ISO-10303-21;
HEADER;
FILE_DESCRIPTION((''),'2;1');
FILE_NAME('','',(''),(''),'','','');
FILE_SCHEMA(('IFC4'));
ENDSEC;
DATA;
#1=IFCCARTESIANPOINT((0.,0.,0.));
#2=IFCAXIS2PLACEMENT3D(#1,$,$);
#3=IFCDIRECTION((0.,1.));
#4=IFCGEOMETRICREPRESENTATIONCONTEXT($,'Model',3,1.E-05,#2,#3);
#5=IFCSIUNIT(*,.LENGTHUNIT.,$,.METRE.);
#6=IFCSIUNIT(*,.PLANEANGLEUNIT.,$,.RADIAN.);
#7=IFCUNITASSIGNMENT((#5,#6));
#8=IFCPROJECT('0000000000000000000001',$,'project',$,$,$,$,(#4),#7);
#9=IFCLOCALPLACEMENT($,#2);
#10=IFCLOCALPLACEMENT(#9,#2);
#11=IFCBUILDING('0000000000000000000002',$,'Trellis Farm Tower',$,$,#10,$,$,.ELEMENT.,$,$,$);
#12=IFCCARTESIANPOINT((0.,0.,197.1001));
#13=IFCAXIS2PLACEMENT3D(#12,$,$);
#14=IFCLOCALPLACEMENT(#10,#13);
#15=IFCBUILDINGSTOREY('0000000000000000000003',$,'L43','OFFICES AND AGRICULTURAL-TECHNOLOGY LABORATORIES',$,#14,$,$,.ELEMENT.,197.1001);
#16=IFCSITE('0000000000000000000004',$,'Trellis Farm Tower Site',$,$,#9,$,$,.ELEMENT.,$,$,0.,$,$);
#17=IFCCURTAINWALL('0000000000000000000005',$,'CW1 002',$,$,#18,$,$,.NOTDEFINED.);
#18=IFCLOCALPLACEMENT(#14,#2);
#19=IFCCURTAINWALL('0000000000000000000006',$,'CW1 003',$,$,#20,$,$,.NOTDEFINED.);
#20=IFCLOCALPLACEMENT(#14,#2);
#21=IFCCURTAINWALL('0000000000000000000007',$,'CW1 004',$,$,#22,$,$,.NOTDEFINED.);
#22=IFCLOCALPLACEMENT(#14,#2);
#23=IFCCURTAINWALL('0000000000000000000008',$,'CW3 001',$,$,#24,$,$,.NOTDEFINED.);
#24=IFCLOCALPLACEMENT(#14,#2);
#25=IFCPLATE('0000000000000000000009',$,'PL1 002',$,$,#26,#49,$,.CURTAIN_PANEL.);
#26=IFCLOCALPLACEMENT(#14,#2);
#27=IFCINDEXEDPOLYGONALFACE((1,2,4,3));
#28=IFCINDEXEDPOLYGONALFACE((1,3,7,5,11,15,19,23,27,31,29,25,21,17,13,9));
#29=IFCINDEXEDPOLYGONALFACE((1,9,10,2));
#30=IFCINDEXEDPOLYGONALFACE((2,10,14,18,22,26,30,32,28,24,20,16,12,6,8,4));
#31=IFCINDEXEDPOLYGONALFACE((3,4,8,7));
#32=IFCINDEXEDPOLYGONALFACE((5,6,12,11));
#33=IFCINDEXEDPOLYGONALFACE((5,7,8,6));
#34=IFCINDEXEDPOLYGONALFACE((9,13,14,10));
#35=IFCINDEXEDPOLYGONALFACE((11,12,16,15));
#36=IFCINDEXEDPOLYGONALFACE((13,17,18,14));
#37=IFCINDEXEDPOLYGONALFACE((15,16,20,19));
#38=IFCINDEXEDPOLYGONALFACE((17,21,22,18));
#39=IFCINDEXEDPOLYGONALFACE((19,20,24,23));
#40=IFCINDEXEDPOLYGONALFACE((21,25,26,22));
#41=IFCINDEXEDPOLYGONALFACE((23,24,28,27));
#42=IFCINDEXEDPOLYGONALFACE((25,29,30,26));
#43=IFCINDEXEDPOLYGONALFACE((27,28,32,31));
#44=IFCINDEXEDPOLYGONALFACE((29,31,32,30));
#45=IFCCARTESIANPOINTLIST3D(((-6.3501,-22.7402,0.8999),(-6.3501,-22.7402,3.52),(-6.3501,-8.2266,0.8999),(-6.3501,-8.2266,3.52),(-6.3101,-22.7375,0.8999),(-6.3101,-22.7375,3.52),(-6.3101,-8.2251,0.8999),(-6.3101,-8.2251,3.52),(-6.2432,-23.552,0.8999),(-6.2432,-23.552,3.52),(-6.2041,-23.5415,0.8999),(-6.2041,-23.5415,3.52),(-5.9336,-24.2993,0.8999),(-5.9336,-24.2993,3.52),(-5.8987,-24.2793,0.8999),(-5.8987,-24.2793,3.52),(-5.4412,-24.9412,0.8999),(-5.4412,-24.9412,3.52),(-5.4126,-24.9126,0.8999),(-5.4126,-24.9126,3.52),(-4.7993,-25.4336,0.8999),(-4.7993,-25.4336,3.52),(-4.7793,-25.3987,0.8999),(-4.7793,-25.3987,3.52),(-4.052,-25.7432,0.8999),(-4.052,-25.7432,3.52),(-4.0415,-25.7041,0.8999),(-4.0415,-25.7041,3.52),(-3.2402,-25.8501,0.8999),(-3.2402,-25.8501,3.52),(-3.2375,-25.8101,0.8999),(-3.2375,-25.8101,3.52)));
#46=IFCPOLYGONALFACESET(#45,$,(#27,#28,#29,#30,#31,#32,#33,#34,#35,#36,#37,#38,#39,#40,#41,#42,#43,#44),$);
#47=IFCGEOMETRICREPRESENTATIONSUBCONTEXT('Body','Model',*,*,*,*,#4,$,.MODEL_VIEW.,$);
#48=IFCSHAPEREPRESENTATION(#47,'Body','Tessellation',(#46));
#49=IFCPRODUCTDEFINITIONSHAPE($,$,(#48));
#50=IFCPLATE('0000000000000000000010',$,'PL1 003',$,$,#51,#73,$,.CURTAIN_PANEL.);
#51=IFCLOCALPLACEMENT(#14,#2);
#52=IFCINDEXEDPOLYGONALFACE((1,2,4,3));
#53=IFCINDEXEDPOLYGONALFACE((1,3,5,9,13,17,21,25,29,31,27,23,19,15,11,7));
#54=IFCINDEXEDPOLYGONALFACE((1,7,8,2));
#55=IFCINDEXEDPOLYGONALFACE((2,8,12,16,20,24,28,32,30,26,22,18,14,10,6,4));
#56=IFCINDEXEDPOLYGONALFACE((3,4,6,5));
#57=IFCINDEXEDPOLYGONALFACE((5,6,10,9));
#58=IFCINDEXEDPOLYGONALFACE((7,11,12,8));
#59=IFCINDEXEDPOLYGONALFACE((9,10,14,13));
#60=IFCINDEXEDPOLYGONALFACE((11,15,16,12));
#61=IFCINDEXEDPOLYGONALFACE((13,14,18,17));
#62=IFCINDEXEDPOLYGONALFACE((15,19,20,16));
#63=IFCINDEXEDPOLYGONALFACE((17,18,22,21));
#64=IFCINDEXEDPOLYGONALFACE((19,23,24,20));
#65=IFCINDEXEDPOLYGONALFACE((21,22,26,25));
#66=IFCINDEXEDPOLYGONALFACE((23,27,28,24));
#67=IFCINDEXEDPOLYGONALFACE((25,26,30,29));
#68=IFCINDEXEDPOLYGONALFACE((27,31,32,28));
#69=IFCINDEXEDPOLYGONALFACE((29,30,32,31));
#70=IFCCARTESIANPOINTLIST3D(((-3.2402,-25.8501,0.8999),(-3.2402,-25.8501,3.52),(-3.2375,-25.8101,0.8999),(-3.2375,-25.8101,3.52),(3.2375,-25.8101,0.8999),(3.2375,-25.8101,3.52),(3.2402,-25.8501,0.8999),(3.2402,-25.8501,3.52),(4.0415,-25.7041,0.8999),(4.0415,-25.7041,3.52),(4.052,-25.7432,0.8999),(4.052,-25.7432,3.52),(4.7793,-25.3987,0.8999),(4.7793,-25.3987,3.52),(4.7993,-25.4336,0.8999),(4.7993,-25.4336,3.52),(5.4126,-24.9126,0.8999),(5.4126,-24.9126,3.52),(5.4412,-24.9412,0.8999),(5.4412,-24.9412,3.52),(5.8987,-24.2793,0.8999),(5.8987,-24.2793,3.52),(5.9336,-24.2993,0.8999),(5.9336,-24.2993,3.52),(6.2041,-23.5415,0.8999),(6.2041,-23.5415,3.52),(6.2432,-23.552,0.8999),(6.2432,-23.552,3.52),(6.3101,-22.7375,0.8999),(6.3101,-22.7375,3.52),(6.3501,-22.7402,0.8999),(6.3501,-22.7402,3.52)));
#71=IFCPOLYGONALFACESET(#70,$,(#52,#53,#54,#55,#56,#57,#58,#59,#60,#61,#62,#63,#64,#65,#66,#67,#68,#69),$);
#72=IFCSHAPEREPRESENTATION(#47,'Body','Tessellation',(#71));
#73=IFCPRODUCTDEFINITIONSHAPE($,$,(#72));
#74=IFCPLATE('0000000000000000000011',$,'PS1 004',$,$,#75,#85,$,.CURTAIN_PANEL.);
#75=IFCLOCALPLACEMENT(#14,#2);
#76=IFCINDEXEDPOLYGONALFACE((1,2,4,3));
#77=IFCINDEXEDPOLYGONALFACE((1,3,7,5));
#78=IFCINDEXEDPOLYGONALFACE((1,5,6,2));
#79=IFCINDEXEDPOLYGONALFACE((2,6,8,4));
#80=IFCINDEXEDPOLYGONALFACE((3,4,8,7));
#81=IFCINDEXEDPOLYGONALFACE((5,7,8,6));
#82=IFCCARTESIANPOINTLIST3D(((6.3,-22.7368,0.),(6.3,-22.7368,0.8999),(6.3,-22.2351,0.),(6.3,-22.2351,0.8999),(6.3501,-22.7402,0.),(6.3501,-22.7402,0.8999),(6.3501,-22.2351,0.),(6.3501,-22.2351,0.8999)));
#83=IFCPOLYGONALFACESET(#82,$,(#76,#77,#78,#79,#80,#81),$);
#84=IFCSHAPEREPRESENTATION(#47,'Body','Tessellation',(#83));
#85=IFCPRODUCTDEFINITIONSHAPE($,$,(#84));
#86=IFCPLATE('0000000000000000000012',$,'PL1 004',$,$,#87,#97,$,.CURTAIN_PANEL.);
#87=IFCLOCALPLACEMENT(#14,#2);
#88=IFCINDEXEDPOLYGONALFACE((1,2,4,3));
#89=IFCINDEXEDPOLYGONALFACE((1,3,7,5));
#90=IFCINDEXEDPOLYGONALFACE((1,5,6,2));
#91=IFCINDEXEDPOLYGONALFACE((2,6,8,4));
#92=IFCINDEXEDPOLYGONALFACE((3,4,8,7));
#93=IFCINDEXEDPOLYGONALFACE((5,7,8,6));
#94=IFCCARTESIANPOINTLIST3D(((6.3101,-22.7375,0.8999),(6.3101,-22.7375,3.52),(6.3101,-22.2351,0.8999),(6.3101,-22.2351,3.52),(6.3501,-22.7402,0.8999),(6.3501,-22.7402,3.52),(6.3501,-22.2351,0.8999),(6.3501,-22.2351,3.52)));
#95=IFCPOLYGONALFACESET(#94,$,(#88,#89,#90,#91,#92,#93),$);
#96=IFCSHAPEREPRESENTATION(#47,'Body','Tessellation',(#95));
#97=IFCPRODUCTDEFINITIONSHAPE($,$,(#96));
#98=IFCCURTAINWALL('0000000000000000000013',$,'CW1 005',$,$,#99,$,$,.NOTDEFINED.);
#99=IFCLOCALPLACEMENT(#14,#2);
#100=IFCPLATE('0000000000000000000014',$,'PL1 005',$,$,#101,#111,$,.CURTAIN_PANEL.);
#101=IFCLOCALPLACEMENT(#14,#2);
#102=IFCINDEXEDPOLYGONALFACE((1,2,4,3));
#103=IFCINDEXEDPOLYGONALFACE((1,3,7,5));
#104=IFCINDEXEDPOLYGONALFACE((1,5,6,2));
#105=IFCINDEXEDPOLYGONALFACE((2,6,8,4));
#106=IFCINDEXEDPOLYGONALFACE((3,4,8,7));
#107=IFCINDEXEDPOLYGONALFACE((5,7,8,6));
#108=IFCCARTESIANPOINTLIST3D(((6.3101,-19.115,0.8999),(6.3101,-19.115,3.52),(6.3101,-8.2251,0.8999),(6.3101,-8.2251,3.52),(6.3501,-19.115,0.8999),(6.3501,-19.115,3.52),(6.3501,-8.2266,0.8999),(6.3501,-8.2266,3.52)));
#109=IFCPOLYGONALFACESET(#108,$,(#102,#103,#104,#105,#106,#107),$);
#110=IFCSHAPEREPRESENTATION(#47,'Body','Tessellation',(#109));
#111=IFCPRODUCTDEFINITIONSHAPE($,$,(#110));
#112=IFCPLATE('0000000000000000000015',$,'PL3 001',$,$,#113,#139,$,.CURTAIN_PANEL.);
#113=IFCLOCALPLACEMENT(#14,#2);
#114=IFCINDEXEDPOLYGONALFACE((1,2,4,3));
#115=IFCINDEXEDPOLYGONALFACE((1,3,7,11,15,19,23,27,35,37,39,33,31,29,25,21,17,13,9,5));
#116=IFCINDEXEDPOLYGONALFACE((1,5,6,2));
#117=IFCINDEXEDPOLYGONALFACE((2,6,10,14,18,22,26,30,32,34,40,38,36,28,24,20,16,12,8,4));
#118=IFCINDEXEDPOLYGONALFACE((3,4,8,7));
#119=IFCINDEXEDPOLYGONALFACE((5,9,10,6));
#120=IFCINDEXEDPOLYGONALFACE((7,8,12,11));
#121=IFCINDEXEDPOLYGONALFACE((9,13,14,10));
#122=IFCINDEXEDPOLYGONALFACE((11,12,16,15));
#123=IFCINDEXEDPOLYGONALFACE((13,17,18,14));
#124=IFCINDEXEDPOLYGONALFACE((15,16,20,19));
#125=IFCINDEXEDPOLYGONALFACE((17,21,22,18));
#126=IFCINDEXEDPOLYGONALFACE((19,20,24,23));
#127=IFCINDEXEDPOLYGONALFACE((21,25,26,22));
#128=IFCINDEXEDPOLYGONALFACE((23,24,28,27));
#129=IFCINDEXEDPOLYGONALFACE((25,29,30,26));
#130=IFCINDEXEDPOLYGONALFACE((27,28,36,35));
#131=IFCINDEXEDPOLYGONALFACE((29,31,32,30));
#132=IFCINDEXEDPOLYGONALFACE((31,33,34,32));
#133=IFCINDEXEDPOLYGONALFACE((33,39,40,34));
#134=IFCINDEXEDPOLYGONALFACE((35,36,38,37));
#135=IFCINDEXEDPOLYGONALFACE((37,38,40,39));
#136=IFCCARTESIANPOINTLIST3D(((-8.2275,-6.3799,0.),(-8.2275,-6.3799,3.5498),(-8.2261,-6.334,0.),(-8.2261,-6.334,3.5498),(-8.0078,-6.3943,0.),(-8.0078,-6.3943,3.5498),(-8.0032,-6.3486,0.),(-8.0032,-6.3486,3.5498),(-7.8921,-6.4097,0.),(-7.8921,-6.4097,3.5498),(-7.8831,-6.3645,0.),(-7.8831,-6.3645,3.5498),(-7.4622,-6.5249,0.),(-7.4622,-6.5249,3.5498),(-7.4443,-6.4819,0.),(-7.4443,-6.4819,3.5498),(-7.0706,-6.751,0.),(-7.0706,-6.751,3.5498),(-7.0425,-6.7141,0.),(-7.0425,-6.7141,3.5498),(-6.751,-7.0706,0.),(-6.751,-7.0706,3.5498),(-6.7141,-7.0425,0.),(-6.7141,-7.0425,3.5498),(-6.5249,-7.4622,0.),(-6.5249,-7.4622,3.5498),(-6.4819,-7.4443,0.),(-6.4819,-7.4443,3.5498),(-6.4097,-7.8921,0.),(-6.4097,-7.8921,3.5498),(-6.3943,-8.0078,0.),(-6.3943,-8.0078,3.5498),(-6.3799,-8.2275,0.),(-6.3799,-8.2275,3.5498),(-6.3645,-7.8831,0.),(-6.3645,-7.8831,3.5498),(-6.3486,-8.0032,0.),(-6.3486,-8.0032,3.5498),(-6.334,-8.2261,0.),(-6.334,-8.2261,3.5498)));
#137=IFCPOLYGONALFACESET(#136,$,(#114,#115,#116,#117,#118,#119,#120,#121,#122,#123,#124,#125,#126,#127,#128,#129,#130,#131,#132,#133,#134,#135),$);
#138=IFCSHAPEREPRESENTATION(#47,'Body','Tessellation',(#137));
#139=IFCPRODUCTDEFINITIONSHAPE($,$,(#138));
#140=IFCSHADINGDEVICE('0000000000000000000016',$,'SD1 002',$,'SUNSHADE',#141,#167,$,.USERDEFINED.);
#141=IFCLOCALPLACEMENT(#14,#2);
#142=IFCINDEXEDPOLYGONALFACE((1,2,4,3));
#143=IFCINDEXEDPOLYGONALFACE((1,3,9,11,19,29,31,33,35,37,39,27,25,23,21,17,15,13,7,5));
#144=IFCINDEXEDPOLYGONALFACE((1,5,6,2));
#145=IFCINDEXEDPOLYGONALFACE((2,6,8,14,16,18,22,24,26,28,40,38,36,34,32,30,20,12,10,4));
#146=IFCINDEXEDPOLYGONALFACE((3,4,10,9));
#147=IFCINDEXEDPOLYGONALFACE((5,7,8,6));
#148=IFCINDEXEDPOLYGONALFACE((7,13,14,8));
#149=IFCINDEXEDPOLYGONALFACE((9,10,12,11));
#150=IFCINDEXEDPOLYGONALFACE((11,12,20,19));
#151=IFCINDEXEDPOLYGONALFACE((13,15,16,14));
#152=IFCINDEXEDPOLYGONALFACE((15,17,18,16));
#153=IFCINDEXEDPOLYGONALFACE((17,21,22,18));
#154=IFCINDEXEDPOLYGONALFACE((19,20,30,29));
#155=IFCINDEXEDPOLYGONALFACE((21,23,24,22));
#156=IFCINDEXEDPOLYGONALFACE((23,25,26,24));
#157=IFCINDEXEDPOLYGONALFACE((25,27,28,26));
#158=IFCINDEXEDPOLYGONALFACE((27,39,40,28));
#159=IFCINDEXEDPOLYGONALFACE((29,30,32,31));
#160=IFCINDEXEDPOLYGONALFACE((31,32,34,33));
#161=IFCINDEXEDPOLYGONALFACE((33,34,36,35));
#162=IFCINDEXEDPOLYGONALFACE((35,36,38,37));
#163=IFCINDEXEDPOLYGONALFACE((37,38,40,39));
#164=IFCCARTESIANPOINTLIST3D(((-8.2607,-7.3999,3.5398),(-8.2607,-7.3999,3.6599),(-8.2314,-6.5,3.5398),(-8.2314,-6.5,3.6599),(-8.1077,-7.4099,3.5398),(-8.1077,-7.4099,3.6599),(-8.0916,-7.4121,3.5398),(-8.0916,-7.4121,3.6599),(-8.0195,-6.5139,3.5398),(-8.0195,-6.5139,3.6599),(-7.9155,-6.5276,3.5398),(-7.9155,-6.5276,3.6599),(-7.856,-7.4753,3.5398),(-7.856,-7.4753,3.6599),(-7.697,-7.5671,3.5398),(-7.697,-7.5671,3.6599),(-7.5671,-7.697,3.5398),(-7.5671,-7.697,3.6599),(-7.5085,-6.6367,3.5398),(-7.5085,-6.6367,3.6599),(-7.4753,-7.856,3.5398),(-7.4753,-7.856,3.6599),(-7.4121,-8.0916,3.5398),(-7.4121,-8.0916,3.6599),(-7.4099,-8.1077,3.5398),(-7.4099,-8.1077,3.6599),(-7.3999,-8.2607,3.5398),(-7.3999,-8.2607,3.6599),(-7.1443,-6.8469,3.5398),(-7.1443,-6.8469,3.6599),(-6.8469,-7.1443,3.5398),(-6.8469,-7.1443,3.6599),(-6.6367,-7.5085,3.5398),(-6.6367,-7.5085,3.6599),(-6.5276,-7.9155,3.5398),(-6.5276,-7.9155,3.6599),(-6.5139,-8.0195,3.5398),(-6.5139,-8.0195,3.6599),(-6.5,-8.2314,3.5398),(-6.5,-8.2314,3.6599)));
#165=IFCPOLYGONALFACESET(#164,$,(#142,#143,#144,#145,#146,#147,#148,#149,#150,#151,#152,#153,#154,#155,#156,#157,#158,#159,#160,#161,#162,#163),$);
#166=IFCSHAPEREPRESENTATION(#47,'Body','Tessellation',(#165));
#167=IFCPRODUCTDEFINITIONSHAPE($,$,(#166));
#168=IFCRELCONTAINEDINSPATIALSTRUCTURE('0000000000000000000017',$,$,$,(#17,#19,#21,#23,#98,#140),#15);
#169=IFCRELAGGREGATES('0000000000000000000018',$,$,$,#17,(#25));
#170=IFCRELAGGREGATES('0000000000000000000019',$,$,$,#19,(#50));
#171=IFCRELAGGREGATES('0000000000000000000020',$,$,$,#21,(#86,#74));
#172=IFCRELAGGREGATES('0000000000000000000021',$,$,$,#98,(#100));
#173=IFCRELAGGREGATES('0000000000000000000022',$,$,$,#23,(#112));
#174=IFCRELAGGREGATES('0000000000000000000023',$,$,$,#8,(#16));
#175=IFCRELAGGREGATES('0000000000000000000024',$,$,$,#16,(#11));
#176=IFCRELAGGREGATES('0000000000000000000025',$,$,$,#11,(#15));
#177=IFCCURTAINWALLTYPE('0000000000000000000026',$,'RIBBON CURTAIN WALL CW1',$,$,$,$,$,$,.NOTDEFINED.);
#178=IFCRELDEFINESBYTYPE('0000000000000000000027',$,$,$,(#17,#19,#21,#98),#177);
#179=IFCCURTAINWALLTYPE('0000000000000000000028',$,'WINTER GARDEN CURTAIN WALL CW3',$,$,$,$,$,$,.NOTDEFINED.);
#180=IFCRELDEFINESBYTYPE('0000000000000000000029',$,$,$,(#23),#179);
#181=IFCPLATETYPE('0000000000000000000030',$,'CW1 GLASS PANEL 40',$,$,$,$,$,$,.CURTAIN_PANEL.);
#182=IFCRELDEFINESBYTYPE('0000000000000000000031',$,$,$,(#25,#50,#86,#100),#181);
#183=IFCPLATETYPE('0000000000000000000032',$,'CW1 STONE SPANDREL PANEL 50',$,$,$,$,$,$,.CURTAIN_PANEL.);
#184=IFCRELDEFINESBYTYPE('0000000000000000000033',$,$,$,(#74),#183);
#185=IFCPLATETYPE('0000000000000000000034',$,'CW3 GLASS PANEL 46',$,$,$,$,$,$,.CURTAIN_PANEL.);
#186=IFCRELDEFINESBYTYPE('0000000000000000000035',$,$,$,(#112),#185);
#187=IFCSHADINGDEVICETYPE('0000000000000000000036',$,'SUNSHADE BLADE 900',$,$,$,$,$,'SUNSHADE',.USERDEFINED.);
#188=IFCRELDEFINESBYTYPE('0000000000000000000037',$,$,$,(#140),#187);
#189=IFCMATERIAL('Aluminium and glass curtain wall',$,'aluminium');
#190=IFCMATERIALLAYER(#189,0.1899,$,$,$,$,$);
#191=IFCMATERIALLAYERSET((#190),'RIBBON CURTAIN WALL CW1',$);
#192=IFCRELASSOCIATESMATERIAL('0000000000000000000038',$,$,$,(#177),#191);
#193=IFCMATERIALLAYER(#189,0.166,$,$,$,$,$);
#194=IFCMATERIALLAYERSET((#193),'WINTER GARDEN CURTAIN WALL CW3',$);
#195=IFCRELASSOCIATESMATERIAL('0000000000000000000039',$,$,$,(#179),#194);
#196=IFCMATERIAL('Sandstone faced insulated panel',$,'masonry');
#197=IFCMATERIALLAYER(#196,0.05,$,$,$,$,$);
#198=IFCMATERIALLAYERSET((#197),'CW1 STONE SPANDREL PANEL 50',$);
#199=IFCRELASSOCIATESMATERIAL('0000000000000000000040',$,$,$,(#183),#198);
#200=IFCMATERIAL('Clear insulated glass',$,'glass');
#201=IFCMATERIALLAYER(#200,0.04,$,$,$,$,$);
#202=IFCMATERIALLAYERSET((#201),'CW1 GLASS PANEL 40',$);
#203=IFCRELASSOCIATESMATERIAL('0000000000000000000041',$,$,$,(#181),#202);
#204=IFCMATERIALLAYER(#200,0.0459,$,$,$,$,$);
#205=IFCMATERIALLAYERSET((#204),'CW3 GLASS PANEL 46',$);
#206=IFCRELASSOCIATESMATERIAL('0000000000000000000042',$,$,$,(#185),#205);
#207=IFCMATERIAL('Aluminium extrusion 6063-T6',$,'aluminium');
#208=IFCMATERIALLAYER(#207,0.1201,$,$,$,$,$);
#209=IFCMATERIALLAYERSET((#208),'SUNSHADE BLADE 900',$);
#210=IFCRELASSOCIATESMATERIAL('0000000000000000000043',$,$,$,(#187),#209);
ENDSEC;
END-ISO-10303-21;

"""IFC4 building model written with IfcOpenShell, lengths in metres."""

from ifc_helpers import new_model, si_unit, direction, frame, origin, place, context, subcontext, project, spatial, polyline, outline, extrude, source, transform, mapped, material, layer, layer_set, type_object, element, aggregate, save


model = new_model("IFC4")

# Units and contexts
model_context = context("Model", 3, precision=1e-05, world=origin(), true_north=direction((0.0, 1.0)))
body_context = subcontext(model_context, "Body", "Model", "MODEL_VIEW")
ifc_project = project(units=[si_unit("LENGTHUNIT", "METRE"), si_unit("PLANEANGLEUNIT", "RADIAN")], contexts=[model_context])

# Site, building, storey
site_placement = place(None, origin())
site = spatial("IfcSite", under=ifc_project, at=site_placement, Name="Trellis Farm Tower Site", CompositionType="ELEMENT", RefElevation=0.0)
building_placement = place(site_placement, origin())
building = spatial("IfcBuilding", under=site, at=building_placement, Name="Trellis Farm Tower", CompositionType="ELEMENT")
storey_placement = place(building_placement, frame((0.0, 0.0, 197.1001)))
storey = spatial("IfcBuildingStorey", under=building, at=storey_placement, Name="L43", Description="OFFICES AND AGRICULTURAL-TECHNOLOGY LABORATORIES", CompositionType="ELEMENT", Elevation=197.1001)

# Curtain walls
ifc_material_1 = material(Name="Aluminium and glass curtain wall", Category="aluminium")
ifc_layer_1 = layer(ifc_material_1, 0.1899)
ifc_layer_set_1 = layer_set([ifc_layer_1], Name="RIBBON CURTAIN WALL CW1")
curtain_wall_type_1 = type_object("IfcCurtainWallType", Name="RIBBON CURTAIN WALL CW1", PredefinedType="NOTDEFINED", material=ifc_layer_set_1)
placement_1 = place(storey_placement, origin())
curtain_wall_1 = element("IfcCurtainWall", 1, at=placement_1, inside=storey, type_object=curtain_wall_type_1, Name="CW1 002", PredefinedType="NOTDEFINED")
ifc_material_2 = material(Name="Aluminium extrusion 6063-T6", Category="aluminium")
curtain_wall_2 = element("IfcCurtainWall", 2, at=placement_1, inside=storey, type_object=curtain_wall_type_1, Name="CW1 003", PredefinedType="NOTDEFINED")
curtain_wall_3 = element("IfcCurtainWall", 3, at=placement_1, inside=storey, type_object=curtain_wall_type_1, Name="CW1 004", PredefinedType="NOTDEFINED")
ifc_layer_2 = layer(ifc_material_1, 0.166)
ifc_layer_set_2 = layer_set([ifc_layer_2], Name="WINTER GARDEN CURTAIN WALL CW3")
curtain_wall_type_2 = type_object("IfcCurtainWallType", Name="WINTER GARDEN CURTAIN WALL CW3", PredefinedType="NOTDEFINED", material=ifc_layer_set_2)
curtain_wall_4 = element("IfcCurtainWall", 4, at=placement_1, inside=storey, type_object=curtain_wall_type_2, Name="CW3 001", PredefinedType="NOTDEFINED")

# Plates
ifc_material_3 = material(Name="Sandstone faced insulated panel", Category="masonry")
ifc_layer_3 = layer(ifc_material_3, 0.05)
ifc_layer_set_3 = layer_set([ifc_layer_3], Name="CW1 STONE SPANDREL PANEL 50")
plate_type_1 = type_object("IfcPlateType", Name="CW1 STONE SPANDREL PANEL 50", PredefinedType="CURTAIN_PANEL", material=ifc_layer_set_3)
ifc_material_4 = material(Name="Clear insulated glass", Category="glass")
ifc_layer_4 = layer(ifc_material_4, 0.04)
ifc_layer_set_4 = layer_set([ifc_layer_4], Name="CW1 GLASS PANEL 40")
plate_type_2 = type_object("IfcPlateType", Name="CW1 GLASS PANEL 40", PredefinedType="CURTAIN_PANEL", material=ifc_layer_set_4)
shared_shape_1 = source(origin(), body_context, "Body", "SweptSolid", [
    extrude(outline(polyline([(-6.3501, -8.2266), (-6.3501, -22.7402), (-6.2432, -23.552), (-5.9336, -24.2993), (-5.4412, -24.9412), (-4.7993, -25.4336), (-4.052, -25.7432), (-3.2402, -25.8501), (-3.2375, -25.8101), (-4.0415, -25.7041), (-4.7793, -25.3987), (-5.4126, -24.9126), (-5.8987, -24.2793), (-6.2041, -23.5415), (-6.3101, -22.7375), (-6.3101, -8.2251), (-6.3501, -8.2266)])), origin(), (0.0, 0.0, 1.0), 2.6201),
])
placement_2 = place(storey_placement, frame((0.0, 0.0, 0.8999)))
plate_1 = element("IfcPlate", 5, at=placement_2, type_object=plate_type_2, Name="PL1 002", PredefinedType="CURTAIN_PANEL", context=body_context, shape_type="MappedRepresentation", body=[
    mapped(shared_shape_1, transform((0.0, 0.0, 0.0))),
])
aggregate(curtain_wall_1, [plate_1])
shared_shape_2 = source(origin(), body_context, "Body", "SweptSolid", [
    extrude(outline(polyline([(-3.2402, -25.8501), (3.2402, -25.8501), (4.052, -25.7432), (4.7993, -25.4336), (5.4412, -24.9412), (5.9336, -24.2993), (6.2432, -23.552), (6.3501, -22.7402), (6.3101, -22.7375), (6.2041, -23.5415), (5.8987, -24.2793), (5.4126, -24.9126), (4.7793, -25.3987), (4.0415, -25.7041), (3.2375, -25.8101), (-3.2375, -25.8101), (-3.2402, -25.8501)])), origin(), (0.0, 0.0, 1.0), 2.6201),
])
plate_2 = element("IfcPlate", 6, at=placement_2, type_object=plate_type_2, Name="PL1 003", PredefinedType="CURTAIN_PANEL", context=body_context, shape_type="MappedRepresentation", body=[
    mapped(shared_shape_2, transform((0.0, 0.0, 0.0))),
])
aggregate(curtain_wall_2, [plate_2])
shared_shape_3 = source(origin(), body_context, "Body", "SweptSolid", [
    extrude(outline(polyline([(6.3501, -22.7402), (6.3501, -22.2351), (6.3, -22.2351), (6.3, -22.7368), (6.3501, -22.7402)])), origin(), (0.0, 0.0, 1.0), 0.8999),
])
plate_3 = element("IfcPlate", 7, at=placement_1, type_object=plate_type_1, Name="PS1 004", PredefinedType="CURTAIN_PANEL", context=body_context, shape_type="MappedRepresentation", body=[
    mapped(shared_shape_3, transform((0.0, 0.0, 0.0))),
])
shared_shape_4 = source(origin(), body_context, "Body", "SweptSolid", [
    extrude(outline(polyline([(6.3501, -22.7402), (6.3501, -22.2351), (6.3101, -22.2351), (6.3101, -22.7375), (6.3501, -22.7402)])), origin(), (0.0, 0.0, 1.0), 2.6201),
])
plate_4 = element("IfcPlate", 8, at=placement_2, type_object=plate_type_2, Name="PL1 004", PredefinedType="CURTAIN_PANEL", context=body_context, shape_type="MappedRepresentation", body=[
    mapped(shared_shape_4, transform((0.0, 0.0, 0.0))),
])
aggregate(curtain_wall_3, [plate_4, plate_3])

# Curtain wall, plate
curtain_wall_5 = element("IfcCurtainWall", 9, at=placement_1, inside=storey, type_object=curtain_wall_type_1, Name="CW1 005", PredefinedType="NOTDEFINED")
shared_shape_5 = source(origin(), body_context, "Body", "SweptSolid", [
    extrude(outline(polyline([(6.3501, -19.115), (6.3501, -8.2266), (6.3101, -8.2251), (6.3101, -19.115), (6.3501, -19.115)])), origin(), (0.0, 0.0, 1.0), 2.6201),
])
plate_5 = element("IfcPlate", 10, at=placement_2, type_object=plate_type_2, Name="PL1 005", PredefinedType="CURTAIN_PANEL", context=body_context, shape_type="MappedRepresentation", body=[
    mapped(shared_shape_5, transform((0.0, 0.0, 0.0))),
])
aggregate(curtain_wall_5, [plate_5])

# Plate
ifc_layer_5 = layer(ifc_material_4, 0.0459)
ifc_layer_set_5 = layer_set([ifc_layer_5], Name="CW3 GLASS PANEL 46")
plate_type_3 = type_object("IfcPlateType", Name="CW3 GLASS PANEL 46", PredefinedType="CURTAIN_PANEL", material=ifc_layer_set_5)
shared_shape_6 = source(origin(), body_context, "Body", "SweptSolid", [
    extrude(outline(polyline([(-8.2275, -6.3799), (-8.0078, -6.3943), (-7.8921, -6.4097), (-7.4622, -6.5249), (-7.0706, -6.751), (-6.751, -7.0706), (-6.5249, -7.4622), (-6.4097, -7.8921), (-6.3943, -8.0078), (-6.3799, -8.2275), (-6.334, -8.2261), (-6.3486, -8.0032), (-6.3645, -7.8831), (-6.4819, -7.4443), (-6.7141, -7.0425), (-7.0425, -6.7141), (-7.4443, -6.4819), (-7.8831, -6.3645), (-8.0032, -6.3486), (-8.2261, -6.334), (-8.2275, -6.3799)])), origin(), (0.0, 0.0, 1.0), 3.5498),
])
plate_6 = element("IfcPlate", 11, at=placement_1, type_object=plate_type_3, Name="PL3 001", PredefinedType="CURTAIN_PANEL", context=body_context, shape_type="MappedRepresentation", body=[
    mapped(shared_shape_6, transform((0.0, 0.0, 0.0))),
])
aggregate(curtain_wall_4, [plate_6])

# Shading device
ifc_layer_6 = layer(ifc_material_2, 0.1201)
ifc_layer_set_6 = layer_set([ifc_layer_6], Name="SUNSHADE BLADE 900")
shading_device_type_1 = type_object("IfcShadingDeviceType", Name="SUNSHADE BLADE 900", ElementType="SUNSHADE", PredefinedType="USERDEFINED", material=ifc_layer_set_6)
shared_shape_7 = source(origin(), body_context, "Body", "SweptSolid", [
    extrude(outline(polyline([(-8.2607, -7.3999), (-8.1077, -7.4099), (-8.0916, -7.4121), (-7.856, -7.4753), (-7.697, -7.5671), (-7.5671, -7.697), (-7.4753, -7.856), (-7.4121, -8.0916), (-7.4099, -8.1077), (-7.3999, -8.2607), (-6.5, -8.2314), (-6.5139, -8.0195), (-6.5276, -7.9155), (-6.6367, -7.5085), (-6.8469, -7.1443), (-7.1443, -6.8469), (-7.5085, -6.6367), (-7.9155, -6.5276), (-8.0195, -6.5139), (-8.2314, -6.5), (-8.2607, -7.3999)])), origin(), (0.0, 0.0, 1.0), 0.1201),
])
placement_3 = place(storey_placement, frame((0.0, 0.0, 3.5398)))
element("IfcShadingDevice", 12, at=placement_3, inside=storey, type_object=shading_device_type_1, Name="SD1 002", ObjectType="SUNSHADE", PredefinedType="USERDEFINED", context=body_context, shape_type="MappedRepresentation", body=[
    mapped(shared_shape_7, transform((0.0, 0.0, 0.0))),
])

save(model, "model.ifc")
